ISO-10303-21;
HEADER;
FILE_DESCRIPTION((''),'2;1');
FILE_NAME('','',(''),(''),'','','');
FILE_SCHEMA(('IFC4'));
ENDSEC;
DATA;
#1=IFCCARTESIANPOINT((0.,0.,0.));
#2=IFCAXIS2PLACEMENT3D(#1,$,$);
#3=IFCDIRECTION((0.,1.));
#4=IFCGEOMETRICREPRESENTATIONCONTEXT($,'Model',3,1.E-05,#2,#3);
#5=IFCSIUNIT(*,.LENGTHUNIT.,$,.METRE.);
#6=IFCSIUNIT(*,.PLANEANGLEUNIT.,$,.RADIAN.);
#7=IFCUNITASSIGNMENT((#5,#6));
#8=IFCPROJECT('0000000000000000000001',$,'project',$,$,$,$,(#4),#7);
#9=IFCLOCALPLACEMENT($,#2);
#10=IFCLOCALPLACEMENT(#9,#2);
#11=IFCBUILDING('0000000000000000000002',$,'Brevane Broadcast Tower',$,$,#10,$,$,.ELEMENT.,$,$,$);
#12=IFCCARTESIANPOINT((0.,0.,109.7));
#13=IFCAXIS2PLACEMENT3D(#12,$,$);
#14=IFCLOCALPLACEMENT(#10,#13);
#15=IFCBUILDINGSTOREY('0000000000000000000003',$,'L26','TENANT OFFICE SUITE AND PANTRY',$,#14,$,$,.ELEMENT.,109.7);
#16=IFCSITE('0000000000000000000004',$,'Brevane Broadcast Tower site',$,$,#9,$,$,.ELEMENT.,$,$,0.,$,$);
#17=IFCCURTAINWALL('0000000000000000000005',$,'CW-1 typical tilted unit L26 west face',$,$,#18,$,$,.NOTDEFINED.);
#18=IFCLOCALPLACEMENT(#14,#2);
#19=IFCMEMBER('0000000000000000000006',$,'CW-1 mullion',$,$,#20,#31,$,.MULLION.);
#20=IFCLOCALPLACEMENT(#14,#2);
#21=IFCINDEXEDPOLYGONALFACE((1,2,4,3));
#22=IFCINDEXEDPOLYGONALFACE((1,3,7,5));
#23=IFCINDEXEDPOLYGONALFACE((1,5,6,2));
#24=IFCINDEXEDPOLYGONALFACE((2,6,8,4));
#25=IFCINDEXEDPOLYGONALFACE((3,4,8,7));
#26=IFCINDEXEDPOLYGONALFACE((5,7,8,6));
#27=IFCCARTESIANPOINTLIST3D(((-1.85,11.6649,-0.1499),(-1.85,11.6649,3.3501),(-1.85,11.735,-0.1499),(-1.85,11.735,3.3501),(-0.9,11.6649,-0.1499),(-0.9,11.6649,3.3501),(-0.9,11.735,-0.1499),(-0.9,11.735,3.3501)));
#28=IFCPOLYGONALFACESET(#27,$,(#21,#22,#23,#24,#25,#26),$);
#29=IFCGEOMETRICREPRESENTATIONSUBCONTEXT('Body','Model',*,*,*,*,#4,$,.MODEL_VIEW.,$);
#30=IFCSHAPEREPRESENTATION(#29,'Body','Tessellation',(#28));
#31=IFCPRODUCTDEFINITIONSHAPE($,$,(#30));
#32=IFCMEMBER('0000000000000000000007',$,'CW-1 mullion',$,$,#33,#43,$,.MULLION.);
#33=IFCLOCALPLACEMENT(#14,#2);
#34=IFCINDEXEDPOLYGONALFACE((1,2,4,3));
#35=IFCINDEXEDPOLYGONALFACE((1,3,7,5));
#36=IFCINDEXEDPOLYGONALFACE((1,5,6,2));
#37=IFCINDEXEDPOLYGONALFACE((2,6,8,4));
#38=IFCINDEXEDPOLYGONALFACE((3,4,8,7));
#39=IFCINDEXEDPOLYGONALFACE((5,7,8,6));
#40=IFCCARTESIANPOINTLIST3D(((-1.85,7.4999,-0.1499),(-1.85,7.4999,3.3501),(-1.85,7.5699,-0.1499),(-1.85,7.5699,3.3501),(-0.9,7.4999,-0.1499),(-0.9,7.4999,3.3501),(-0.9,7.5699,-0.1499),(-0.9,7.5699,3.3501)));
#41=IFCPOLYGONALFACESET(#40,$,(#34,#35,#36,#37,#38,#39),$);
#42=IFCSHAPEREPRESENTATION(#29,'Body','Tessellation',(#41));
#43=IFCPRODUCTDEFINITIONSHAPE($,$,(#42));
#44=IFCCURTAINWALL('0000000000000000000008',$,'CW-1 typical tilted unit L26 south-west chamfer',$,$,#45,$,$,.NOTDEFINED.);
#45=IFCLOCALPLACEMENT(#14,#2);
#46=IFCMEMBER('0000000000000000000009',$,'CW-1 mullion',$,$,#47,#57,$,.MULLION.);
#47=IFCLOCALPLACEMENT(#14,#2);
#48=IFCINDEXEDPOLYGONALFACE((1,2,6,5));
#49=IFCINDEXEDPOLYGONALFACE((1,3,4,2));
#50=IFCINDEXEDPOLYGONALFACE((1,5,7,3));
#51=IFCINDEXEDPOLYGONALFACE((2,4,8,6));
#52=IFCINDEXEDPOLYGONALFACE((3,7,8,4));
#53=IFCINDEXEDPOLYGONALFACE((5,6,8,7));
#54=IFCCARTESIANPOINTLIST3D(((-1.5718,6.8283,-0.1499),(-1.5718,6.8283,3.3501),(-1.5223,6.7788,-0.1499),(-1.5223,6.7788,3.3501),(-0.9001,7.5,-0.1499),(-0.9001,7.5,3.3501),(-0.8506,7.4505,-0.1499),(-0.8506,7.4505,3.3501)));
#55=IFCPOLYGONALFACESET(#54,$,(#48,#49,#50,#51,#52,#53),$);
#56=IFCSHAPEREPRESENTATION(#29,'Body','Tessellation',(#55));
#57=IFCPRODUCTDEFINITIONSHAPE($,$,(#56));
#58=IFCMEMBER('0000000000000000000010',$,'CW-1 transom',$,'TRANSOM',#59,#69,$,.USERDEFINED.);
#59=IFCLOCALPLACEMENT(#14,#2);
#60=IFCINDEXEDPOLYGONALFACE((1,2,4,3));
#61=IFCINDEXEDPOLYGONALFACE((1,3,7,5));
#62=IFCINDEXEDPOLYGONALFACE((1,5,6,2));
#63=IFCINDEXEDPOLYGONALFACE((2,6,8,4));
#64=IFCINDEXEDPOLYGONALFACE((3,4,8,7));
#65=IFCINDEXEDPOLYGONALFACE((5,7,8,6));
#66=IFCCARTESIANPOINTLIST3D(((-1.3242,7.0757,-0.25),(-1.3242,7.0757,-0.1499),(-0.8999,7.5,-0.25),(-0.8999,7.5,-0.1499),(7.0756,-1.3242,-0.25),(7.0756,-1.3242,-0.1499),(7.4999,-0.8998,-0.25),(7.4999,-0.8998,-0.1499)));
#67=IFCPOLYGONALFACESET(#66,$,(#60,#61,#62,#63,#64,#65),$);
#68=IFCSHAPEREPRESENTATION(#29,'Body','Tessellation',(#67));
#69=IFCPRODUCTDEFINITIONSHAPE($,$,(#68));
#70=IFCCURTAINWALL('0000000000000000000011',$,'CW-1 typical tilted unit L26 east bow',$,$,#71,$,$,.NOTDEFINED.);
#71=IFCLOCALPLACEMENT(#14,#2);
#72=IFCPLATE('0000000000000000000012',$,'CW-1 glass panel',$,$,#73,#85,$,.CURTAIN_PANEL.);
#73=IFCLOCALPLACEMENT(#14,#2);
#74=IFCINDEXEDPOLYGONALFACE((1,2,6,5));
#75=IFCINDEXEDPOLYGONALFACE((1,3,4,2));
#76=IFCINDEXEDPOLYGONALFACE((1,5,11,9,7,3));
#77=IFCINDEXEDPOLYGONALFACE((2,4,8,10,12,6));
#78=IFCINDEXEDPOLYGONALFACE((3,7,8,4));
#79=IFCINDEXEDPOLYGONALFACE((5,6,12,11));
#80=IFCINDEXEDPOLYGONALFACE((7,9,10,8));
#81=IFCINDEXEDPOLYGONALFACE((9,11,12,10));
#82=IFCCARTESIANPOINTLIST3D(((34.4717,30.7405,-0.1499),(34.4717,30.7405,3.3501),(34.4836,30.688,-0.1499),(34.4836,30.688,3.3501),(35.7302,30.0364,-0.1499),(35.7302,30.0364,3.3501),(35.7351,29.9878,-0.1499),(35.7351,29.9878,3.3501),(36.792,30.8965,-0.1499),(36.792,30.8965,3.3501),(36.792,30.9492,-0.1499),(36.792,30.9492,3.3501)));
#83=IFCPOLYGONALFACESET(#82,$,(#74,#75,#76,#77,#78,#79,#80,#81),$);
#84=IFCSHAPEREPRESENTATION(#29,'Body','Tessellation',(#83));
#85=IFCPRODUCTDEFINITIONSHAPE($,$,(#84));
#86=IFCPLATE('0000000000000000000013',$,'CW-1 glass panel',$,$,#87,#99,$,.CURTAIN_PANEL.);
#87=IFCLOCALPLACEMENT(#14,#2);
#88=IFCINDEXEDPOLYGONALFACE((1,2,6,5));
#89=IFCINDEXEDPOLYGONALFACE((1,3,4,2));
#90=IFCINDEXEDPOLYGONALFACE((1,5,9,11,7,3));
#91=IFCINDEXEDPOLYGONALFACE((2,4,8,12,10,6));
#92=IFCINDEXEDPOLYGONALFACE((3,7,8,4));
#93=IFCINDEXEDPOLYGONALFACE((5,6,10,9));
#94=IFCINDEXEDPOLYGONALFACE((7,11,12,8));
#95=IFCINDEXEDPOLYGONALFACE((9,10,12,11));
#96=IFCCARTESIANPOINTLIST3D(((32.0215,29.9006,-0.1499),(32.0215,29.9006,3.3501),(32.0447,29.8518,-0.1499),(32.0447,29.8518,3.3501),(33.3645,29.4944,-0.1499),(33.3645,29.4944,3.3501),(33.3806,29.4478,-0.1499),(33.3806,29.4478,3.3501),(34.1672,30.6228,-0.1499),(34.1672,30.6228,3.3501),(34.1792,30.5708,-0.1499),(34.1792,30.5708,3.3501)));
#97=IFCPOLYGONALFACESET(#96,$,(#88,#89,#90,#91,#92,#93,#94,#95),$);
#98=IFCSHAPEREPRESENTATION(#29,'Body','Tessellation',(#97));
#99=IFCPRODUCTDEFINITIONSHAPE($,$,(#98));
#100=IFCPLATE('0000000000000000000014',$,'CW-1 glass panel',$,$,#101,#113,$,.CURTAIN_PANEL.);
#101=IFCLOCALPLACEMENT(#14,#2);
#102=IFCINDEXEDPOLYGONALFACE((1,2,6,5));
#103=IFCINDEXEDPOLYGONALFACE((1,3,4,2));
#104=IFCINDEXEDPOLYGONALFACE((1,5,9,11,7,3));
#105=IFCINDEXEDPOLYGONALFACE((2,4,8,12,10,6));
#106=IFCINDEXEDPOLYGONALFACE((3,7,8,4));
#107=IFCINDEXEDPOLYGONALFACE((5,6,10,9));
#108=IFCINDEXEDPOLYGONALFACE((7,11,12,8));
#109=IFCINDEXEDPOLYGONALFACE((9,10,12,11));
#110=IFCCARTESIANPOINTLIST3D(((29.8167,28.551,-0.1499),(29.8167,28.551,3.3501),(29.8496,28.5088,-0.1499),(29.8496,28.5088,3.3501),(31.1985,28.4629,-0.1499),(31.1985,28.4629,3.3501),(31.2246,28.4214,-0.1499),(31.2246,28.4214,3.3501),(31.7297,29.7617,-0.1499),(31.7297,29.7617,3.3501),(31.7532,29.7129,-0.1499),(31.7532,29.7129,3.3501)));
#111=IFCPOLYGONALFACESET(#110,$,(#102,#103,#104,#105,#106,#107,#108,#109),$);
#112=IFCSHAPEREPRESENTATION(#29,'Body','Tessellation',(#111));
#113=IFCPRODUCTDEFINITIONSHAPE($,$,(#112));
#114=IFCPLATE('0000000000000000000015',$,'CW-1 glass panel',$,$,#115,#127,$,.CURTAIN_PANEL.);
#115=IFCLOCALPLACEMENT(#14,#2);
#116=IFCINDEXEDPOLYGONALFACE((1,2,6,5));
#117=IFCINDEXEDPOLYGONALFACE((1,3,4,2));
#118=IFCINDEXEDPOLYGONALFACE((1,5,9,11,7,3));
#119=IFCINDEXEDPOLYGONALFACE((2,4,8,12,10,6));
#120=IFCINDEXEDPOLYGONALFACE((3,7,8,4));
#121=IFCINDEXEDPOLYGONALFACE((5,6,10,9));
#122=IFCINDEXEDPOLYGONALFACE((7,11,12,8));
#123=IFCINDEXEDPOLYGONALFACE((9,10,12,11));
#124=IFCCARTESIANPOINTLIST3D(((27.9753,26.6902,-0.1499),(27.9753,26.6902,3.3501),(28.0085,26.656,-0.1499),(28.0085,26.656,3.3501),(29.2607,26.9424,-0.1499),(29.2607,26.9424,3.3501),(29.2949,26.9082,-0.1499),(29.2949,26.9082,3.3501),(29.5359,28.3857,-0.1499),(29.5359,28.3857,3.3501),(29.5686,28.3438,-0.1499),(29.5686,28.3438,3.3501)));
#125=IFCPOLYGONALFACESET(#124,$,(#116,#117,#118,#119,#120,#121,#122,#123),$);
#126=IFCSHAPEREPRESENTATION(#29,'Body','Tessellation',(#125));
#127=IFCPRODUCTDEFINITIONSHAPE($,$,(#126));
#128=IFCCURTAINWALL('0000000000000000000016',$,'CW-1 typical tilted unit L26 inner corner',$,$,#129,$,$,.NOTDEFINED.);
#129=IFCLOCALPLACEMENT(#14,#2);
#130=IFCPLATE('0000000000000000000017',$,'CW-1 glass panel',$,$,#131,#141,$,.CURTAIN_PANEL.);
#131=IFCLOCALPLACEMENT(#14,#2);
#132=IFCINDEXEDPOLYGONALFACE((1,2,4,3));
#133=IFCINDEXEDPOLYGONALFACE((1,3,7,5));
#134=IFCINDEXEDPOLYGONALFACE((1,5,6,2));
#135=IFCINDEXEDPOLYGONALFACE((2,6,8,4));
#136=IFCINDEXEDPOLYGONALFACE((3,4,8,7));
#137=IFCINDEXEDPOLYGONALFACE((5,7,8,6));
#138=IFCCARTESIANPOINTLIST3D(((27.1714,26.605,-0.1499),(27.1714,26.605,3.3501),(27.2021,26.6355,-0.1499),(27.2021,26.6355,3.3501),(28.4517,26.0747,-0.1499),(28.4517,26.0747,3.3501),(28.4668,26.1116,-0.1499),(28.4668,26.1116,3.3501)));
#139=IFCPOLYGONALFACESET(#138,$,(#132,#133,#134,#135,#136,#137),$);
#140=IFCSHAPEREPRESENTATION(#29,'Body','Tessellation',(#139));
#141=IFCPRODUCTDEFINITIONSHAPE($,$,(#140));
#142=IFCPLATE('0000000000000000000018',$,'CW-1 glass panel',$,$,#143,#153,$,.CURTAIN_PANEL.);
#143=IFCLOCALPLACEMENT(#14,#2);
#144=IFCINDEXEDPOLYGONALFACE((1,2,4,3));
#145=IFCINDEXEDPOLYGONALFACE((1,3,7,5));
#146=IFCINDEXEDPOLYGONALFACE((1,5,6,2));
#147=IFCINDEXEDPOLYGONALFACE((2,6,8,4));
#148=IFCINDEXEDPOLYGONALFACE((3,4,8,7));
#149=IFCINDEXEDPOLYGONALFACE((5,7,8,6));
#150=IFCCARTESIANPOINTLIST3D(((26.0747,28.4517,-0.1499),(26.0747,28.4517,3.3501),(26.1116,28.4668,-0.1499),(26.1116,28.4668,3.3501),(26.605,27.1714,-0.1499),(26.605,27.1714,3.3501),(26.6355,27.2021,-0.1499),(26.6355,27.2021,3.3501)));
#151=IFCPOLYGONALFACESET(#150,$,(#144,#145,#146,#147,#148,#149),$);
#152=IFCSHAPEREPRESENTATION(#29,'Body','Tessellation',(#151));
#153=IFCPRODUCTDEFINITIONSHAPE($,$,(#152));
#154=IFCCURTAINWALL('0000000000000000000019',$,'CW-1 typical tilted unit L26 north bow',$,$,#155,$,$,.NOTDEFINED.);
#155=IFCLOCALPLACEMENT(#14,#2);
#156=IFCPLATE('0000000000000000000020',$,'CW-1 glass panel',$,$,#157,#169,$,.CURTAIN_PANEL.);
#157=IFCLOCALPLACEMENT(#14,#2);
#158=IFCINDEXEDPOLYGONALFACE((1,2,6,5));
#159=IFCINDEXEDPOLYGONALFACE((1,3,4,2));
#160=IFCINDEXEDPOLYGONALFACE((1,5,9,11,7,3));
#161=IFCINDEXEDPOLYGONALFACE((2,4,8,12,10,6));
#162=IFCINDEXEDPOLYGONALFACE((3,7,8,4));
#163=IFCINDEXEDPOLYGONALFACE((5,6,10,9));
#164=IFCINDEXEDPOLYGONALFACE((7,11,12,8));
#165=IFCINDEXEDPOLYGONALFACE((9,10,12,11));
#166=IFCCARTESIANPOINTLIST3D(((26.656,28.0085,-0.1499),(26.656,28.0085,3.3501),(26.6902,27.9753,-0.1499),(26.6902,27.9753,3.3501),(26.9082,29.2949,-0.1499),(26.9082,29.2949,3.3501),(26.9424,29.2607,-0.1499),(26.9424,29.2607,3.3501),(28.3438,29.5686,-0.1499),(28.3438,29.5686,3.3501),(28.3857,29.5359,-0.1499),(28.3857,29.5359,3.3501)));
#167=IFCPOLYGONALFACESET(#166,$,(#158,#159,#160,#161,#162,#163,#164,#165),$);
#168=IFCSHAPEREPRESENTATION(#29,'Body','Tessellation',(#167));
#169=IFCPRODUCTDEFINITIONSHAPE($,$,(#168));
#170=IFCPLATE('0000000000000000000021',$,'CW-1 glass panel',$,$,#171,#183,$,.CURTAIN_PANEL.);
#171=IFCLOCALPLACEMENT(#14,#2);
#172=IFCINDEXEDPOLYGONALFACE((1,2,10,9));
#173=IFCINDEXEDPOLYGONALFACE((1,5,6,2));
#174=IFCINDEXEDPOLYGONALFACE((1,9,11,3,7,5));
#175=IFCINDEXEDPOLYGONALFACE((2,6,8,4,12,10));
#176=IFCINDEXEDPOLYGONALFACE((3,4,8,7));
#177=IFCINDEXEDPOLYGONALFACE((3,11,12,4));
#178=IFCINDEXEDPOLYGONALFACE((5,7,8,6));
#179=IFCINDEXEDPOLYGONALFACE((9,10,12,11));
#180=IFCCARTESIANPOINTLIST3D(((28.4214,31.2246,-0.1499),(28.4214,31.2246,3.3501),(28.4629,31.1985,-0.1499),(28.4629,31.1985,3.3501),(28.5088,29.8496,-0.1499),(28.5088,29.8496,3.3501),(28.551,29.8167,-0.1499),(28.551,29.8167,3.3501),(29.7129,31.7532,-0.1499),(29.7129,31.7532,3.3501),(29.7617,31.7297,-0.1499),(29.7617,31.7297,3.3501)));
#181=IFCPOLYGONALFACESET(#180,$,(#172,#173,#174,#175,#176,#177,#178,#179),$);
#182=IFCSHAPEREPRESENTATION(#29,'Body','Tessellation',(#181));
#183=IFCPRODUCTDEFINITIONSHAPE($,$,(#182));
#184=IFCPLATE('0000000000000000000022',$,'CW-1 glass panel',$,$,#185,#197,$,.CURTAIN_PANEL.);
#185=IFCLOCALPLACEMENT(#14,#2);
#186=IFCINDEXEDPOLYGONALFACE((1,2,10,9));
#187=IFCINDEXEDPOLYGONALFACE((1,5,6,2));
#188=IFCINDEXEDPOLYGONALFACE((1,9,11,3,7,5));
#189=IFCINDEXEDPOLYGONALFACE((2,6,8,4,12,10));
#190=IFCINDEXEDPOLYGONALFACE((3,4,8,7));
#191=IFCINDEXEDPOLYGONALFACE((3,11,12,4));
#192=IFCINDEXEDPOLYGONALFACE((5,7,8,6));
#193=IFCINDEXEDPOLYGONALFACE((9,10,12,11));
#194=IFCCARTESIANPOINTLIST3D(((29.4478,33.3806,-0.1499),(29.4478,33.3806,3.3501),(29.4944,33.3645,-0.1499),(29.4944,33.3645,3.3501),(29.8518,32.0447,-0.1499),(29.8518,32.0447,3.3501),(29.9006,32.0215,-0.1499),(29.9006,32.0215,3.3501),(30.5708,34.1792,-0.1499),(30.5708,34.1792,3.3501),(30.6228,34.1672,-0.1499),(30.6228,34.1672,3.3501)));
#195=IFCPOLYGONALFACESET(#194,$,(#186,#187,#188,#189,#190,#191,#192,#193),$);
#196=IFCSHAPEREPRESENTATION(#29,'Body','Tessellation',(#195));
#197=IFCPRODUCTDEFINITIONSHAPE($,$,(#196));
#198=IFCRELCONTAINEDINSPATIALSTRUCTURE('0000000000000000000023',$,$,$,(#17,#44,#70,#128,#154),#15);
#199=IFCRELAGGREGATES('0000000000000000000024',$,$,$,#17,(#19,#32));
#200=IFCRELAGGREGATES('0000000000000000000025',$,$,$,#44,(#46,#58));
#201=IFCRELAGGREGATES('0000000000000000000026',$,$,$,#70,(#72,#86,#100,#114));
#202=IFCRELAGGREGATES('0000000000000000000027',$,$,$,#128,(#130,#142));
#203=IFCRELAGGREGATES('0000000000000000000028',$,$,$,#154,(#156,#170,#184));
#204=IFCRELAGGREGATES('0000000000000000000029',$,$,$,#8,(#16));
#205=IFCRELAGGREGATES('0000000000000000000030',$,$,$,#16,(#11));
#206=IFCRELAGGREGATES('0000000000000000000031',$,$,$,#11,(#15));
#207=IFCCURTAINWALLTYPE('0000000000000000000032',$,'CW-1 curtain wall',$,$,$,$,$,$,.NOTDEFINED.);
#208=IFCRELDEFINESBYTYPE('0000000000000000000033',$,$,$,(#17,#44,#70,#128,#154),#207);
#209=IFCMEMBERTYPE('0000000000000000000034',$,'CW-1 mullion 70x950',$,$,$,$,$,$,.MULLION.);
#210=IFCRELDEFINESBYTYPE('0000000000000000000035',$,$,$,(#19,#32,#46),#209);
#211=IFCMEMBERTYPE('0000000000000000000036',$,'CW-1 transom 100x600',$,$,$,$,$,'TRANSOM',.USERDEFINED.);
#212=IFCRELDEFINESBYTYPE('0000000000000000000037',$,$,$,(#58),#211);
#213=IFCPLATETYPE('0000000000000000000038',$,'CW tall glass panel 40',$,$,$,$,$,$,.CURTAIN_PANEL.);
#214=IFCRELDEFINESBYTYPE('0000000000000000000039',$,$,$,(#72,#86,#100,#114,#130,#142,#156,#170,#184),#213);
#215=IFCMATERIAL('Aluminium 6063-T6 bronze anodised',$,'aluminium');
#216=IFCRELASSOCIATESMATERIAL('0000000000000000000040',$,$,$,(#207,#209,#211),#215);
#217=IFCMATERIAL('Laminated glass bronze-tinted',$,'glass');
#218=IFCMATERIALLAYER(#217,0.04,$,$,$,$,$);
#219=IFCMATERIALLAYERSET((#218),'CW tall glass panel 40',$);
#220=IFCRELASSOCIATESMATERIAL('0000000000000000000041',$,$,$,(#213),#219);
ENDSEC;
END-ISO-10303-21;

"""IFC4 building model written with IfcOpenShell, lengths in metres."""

from ifc_helpers import new_model, si_unit, direction, frame, origin, origin_2d, place, context, subcontext, project, spatial, polyline, rectangle, outline, extrude, material, layer, layer_set, material_profile, profile_set, type_object, element, aggregate, save


model = new_model("IFC4")

# Units and contexts
model_context = context("Model", 3, precision=1e-05, world=origin(), true_north=direction((0.0, 1.0)))
body_context = subcontext(model_context, "Body", "Model", "MODEL_VIEW")
ifc_project = project(units=[si_unit("LENGTHUNIT", "METRE"), si_unit("PLANEANGLEUNIT", "RADIAN")], contexts=[model_context])

# Site, building, storey
site_placement = place(None, origin())
site = spatial("IfcSite", under=ifc_project, at=site_placement, Name="Brevane Broadcast Tower site", CompositionType="ELEMENT", RefElevation=0.0)
building_placement = place(site_placement, origin())
building = spatial("IfcBuilding", under=site, at=building_placement, Name="Brevane Broadcast Tower", CompositionType="ELEMENT")
storey_placement = place(building_placement, frame((0.0, 0.0, 109.7)))
storey = spatial("IfcBuildingStorey", under=building, at=storey_placement, Name="L26", Description="TENANT OFFICE SUITE AND PANTRY", CompositionType="ELEMENT", Elevation=109.7)

# Curtain walls, members
ifc_material_1 = material(Name="Aluminium 6063-T6 bronze anodised", Category="aluminium")
curtain_wall_type = type_object("IfcCurtainWallType", Name="CW-1 curtain wall", PredefinedType="NOTDEFINED", material=ifc_material_1)
curtain_wall_1_placement = place(storey_placement, origin())
curtain_wall_1 = element("IfcCurtainWall", 1, at=curtain_wall_1_placement, inside=storey, type_object=curtain_wall_type, Name="CW-1 typical tilted unit L26 west face", PredefinedType="NOTDEFINED")
ifc_material_profile_1 = material_profile(ifc_material_1, rectangle(XDim=0.95, YDim=0.0701, at=origin_2d()), Name="RECT 70x950")
ifc_profile_set_1 = profile_set([ifc_material_profile_1], Name="Aluminium 6063-T6 bronze anodised")
member_type_1 = type_object("IfcMemberType", Name="CW-1 mullion 70x950", PredefinedType="MULLION", material=ifc_profile_set_1)
member_1_placement = place(storey_placement, frame((-1.375, 11.7, -0.1499), z_axis=(0.0, 0.0, 1.0), x_axis=(1.0, 0.0, 0.0)))
member_1 = element("IfcMember", 2, at=member_1_placement, type_object=member_type_1, Name="CW-1 mullion", PredefinedType="MULLION", context=body_context, shape_type="SweptSolid", body=[
    extrude(rectangle(XDim=0.95, YDim=0.0701, at=origin_2d()), origin(), (0.0, 0.0, 1.0), 3.5),
])
member_2_placement = place(storey_placement, frame((-1.375, 7.5349, -0.1499), z_axis=(0.0, 0.0, 1.0), x_axis=(1.0, 0.0, 0.0)))
member_2 = element("IfcMember", 3, at=member_2_placement, type_object=member_type_1, Name="CW-1 mullion", PredefinedType="MULLION", context=body_context, shape_type="SweptSolid", body=[
    extrude(rectangle(XDim=0.95, YDim=0.0701, at=origin_2d()), origin(), (0.0, 0.0, 1.0), 3.5),
])
aggregate(curtain_wall_1, [member_1, member_2])
curtain_wall_2_placement = place(storey_placement, origin())
curtain_wall_2 = element("IfcCurtainWall", 4, at=curtain_wall_2_placement, inside=storey, type_object=curtain_wall_type, Name="CW-1 typical tilted unit L26 south-west chamfer", PredefinedType="NOTDEFINED")
member_3_placement = place(storey_placement, frame((-1.2112, 7.1394, -0.1499), z_axis=(0.0, 0.0, 1.0), x_axis=(0.707107, 0.707107, 0.0)))
member_3 = element("IfcMember", 5, at=member_3_placement, type_object=member_type_1, Name="CW-1 mullion", PredefinedType="MULLION", context=body_context, shape_type="SweptSolid", body=[
    extrude(rectangle(XDim=0.95, YDim=0.0701, at=origin_2d()), origin(), (0.0, 0.0, 1.0), 3.5),
])
ifc_material_profile_2 = material_profile(ifc_material_1, rectangle(XDim=0.6001, YDim=0.1001, at=origin_2d()), Name="RECT 100x600")
ifc_profile_set_2 = profile_set([ifc_material_profile_2], Name="Aluminium 6063-T6 bronze anodised")
member_type_2 = type_object("IfcMemberType", Name="CW-1 transom 100x600", ElementType="TRANSOM", PredefinedType="USERDEFINED", material=ifc_profile_set_2)
member_4_placement = place(storey_placement, frame((-1.1121, 7.2878, -0.2), z_axis=(0.707107, -0.707107, 0.0), x_axis=(0.707107, 0.707107, 0.0)))
member_4 = element("IfcMember", 6, at=member_4_placement, type_object=member_type_2, Name="CW-1 transom", ObjectType="TRANSOM", PredefinedType="USERDEFINED", context=body_context, shape_type="SweptSolid", body=[
    extrude(rectangle(XDim=0.6001, YDim=0.1001, at=origin_2d()), origin(), (0.0, 0.0, 1.0), 11.8792),
])
aggregate(curtain_wall_2, [member_3, member_4])

# Curtain walls, plates
curtain_wall_3_placement = place(storey_placement, origin())
curtain_wall_3 = element("IfcCurtainWall", 7, at=curtain_wall_3_placement, inside=storey, type_object=curtain_wall_type, Name="CW-1 typical tilted unit L26 east bow", PredefinedType="NOTDEFINED")
ifc_material_2 = material(Name="Laminated glass bronze-tinted", Category="glass")
ifc_layer = layer(ifc_material_2, 0.04)
ifc_layer_set = layer_set([ifc_layer], Name="CW tall glass panel 40")
plate_type = type_object("IfcPlateType", Name="CW tall glass panel 40", PredefinedType="CURTAIN_PANEL", material=ifc_layer_set)
plate_1_placement = place(storey_placement, frame((0.0, 0.0, -0.1499)))
plate_1 = element("IfcPlate", 8, at=plate_1_placement, type_object=plate_type, Name="CW-1 glass panel", PredefinedType="CURTAIN_PANEL", context=body_context, shape_type="SweptSolid", body=[
    extrude(outline(polyline([(36.792, 30.8965), (36.792, 30.9492), (35.7302, 30.0364), (34.4717, 30.7405), (34.4836, 30.688), (35.7351, 29.9878), (36.792, 30.8965)])), origin(), (0.0, 0.0, 1.0), 3.5),
])
plate_2_placement = place(storey_placement, frame((0.0, 0.0, -0.1499)))
plate_2 = element("IfcPlate", 9, at=plate_2_placement, type_object=plate_type, Name="CW-1 glass panel", PredefinedType="CURTAIN_PANEL", context=body_context, shape_type="SweptSolid", body=[
    extrude(outline(polyline([(34.1792, 30.5708), (34.1672, 30.6228), (33.3645, 29.4944), (32.0215, 29.9006), (32.0447, 29.8518), (33.3806, 29.4478), (34.1792, 30.5708)])), origin(), (0.0, 0.0, 1.0), 3.5),
])
plate_3_placement = place(storey_placement, frame((0.0, 0.0, -0.1499)))
plate_3 = element("IfcPlate", 10, at=plate_3_placement, type_object=plate_type, Name="CW-1 glass panel", PredefinedType="CURTAIN_PANEL", context=body_context, shape_type="SweptSolid", body=[
    extrude(outline(polyline([(31.7532, 29.7129), (31.7297, 29.7617), (31.1985, 28.4629), (29.8167, 28.551), (29.8496, 28.5088), (31.2246, 28.4214), (31.7532, 29.7129)])), origin(), (0.0, 0.0, 1.0), 3.5),
])
plate_4_placement = place(storey_placement, frame((0.0, 0.0, -0.1499)))
plate_4 = element("IfcPlate", 11, at=plate_4_placement, type_object=plate_type, Name="CW-1 glass panel", PredefinedType="CURTAIN_PANEL", context=body_context, shape_type="SweptSolid", body=[
    extrude(outline(polyline([(29.5686, 28.3438), (29.5359, 28.3857), (29.2607, 26.9424), (27.9753, 26.6902), (28.0085, 26.656), (29.2949, 26.9082), (29.5686, 28.3438)])), origin(), (0.0, 0.0, 1.0), 3.5),
])
aggregate(curtain_wall_3, [plate_1, plate_2, plate_3, plate_4])
curtain_wall_4_placement = place(storey_placement, origin())
curtain_wall_4 = element("IfcCurtainWall", 12, at=curtain_wall_4_placement, inside=storey, type_object=curtain_wall_type, Name="CW-1 typical tilted unit L26 inner corner", PredefinedType="NOTDEFINED")
plate_5_placement = place(storey_placement, frame((0.0, 0.0, -0.1499)))
plate_5 = element("IfcPlate", 13, at=plate_5_placement, type_object=plate_type, Name="CW-1 glass panel", PredefinedType="CURTAIN_PANEL", context=body_context, shape_type="SweptSolid", body=[
    extrude(outline(polyline([(28.4517, 26.0747), (28.4668, 26.1116), (27.2021, 26.6355), (27.1714, 26.605), (28.4517, 26.0747)])), origin(), (0.0, 0.0, 1.0), 3.5),
])
plate_6_placement = place(storey_placement, frame((0.0, 0.0, -0.1499)))
plate_6 = element("IfcPlate", 14, at=plate_6_placement, type_object=plate_type, Name="CW-1 glass panel", PredefinedType="CURTAIN_PANEL", context=body_context, shape_type="SweptSolid", body=[
    extrude(outline(polyline([(26.605, 27.1714), (26.6355, 27.2021), (26.1116, 28.4668), (26.0747, 28.4517), (26.605, 27.1714)])), origin(), (0.0, 0.0, 1.0), 3.5),
])
aggregate(curtain_wall_4, [plate_5, plate_6])
curtain_wall_5_placement = place(storey_placement, origin())
curtain_wall_5 = element("IfcCurtainWall", 15, at=curtain_wall_5_placement, inside=storey, type_object=curtain_wall_type, Name="CW-1 typical tilted unit L26 north bow", PredefinedType="NOTDEFINED")
plate_7_placement = place(storey_placement, frame((0.0, 0.0, -0.1499)))
plate_7 = element("IfcPlate", 16, at=plate_7_placement, type_object=plate_type, Name="CW-1 glass panel", PredefinedType="CURTAIN_PANEL", context=body_context, shape_type="SweptSolid", body=[
    extrude(outline(polyline([(26.656, 28.0085), (26.6902, 27.9753), (26.9424, 29.2607), (28.3857, 29.5359), (28.3438, 29.5686), (26.9082, 29.2949), (26.656, 28.0085)])), origin(), (0.0, 0.0, 1.0), 3.5),
])
plate_8_placement = place(storey_placement, frame((0.0, 0.0, -0.1499)))
plate_8 = element("IfcPlate", 17, at=plate_8_placement, type_object=plate_type, Name="CW-1 glass panel", PredefinedType="CURTAIN_PANEL", context=body_context, shape_type="SweptSolid", body=[
    extrude(outline(polyline([(28.5088, 29.8496), (28.551, 29.8167), (28.4629, 31.1985), (29.7617, 31.7297), (29.7129, 31.7532), (28.4214, 31.2246), (28.5088, 29.8496)])), origin(), (0.0, 0.0, 1.0), 3.5),
])
plate_9_placement = place(storey_placement, frame((0.0, 0.0, -0.1499)))
plate_9 = element("IfcPlate", 18, at=plate_9_placement, type_object=plate_type, Name="CW-1 glass panel", PredefinedType="CURTAIN_PANEL", context=body_context, shape_type="SweptSolid", body=[
    extrude(outline(polyline([(29.8518, 32.0447), (29.9006, 32.0215), (29.4944, 33.3645), (30.6228, 34.1672), (30.5708, 34.1792), (29.4478, 33.3806), (29.8518, 32.0447)])), origin(), (0.0, 0.0, 1.0), 3.5),
])
aggregate(curtain_wall_5, [plate_7, plate_8, plate_9])

save(model, "model.ifc")
